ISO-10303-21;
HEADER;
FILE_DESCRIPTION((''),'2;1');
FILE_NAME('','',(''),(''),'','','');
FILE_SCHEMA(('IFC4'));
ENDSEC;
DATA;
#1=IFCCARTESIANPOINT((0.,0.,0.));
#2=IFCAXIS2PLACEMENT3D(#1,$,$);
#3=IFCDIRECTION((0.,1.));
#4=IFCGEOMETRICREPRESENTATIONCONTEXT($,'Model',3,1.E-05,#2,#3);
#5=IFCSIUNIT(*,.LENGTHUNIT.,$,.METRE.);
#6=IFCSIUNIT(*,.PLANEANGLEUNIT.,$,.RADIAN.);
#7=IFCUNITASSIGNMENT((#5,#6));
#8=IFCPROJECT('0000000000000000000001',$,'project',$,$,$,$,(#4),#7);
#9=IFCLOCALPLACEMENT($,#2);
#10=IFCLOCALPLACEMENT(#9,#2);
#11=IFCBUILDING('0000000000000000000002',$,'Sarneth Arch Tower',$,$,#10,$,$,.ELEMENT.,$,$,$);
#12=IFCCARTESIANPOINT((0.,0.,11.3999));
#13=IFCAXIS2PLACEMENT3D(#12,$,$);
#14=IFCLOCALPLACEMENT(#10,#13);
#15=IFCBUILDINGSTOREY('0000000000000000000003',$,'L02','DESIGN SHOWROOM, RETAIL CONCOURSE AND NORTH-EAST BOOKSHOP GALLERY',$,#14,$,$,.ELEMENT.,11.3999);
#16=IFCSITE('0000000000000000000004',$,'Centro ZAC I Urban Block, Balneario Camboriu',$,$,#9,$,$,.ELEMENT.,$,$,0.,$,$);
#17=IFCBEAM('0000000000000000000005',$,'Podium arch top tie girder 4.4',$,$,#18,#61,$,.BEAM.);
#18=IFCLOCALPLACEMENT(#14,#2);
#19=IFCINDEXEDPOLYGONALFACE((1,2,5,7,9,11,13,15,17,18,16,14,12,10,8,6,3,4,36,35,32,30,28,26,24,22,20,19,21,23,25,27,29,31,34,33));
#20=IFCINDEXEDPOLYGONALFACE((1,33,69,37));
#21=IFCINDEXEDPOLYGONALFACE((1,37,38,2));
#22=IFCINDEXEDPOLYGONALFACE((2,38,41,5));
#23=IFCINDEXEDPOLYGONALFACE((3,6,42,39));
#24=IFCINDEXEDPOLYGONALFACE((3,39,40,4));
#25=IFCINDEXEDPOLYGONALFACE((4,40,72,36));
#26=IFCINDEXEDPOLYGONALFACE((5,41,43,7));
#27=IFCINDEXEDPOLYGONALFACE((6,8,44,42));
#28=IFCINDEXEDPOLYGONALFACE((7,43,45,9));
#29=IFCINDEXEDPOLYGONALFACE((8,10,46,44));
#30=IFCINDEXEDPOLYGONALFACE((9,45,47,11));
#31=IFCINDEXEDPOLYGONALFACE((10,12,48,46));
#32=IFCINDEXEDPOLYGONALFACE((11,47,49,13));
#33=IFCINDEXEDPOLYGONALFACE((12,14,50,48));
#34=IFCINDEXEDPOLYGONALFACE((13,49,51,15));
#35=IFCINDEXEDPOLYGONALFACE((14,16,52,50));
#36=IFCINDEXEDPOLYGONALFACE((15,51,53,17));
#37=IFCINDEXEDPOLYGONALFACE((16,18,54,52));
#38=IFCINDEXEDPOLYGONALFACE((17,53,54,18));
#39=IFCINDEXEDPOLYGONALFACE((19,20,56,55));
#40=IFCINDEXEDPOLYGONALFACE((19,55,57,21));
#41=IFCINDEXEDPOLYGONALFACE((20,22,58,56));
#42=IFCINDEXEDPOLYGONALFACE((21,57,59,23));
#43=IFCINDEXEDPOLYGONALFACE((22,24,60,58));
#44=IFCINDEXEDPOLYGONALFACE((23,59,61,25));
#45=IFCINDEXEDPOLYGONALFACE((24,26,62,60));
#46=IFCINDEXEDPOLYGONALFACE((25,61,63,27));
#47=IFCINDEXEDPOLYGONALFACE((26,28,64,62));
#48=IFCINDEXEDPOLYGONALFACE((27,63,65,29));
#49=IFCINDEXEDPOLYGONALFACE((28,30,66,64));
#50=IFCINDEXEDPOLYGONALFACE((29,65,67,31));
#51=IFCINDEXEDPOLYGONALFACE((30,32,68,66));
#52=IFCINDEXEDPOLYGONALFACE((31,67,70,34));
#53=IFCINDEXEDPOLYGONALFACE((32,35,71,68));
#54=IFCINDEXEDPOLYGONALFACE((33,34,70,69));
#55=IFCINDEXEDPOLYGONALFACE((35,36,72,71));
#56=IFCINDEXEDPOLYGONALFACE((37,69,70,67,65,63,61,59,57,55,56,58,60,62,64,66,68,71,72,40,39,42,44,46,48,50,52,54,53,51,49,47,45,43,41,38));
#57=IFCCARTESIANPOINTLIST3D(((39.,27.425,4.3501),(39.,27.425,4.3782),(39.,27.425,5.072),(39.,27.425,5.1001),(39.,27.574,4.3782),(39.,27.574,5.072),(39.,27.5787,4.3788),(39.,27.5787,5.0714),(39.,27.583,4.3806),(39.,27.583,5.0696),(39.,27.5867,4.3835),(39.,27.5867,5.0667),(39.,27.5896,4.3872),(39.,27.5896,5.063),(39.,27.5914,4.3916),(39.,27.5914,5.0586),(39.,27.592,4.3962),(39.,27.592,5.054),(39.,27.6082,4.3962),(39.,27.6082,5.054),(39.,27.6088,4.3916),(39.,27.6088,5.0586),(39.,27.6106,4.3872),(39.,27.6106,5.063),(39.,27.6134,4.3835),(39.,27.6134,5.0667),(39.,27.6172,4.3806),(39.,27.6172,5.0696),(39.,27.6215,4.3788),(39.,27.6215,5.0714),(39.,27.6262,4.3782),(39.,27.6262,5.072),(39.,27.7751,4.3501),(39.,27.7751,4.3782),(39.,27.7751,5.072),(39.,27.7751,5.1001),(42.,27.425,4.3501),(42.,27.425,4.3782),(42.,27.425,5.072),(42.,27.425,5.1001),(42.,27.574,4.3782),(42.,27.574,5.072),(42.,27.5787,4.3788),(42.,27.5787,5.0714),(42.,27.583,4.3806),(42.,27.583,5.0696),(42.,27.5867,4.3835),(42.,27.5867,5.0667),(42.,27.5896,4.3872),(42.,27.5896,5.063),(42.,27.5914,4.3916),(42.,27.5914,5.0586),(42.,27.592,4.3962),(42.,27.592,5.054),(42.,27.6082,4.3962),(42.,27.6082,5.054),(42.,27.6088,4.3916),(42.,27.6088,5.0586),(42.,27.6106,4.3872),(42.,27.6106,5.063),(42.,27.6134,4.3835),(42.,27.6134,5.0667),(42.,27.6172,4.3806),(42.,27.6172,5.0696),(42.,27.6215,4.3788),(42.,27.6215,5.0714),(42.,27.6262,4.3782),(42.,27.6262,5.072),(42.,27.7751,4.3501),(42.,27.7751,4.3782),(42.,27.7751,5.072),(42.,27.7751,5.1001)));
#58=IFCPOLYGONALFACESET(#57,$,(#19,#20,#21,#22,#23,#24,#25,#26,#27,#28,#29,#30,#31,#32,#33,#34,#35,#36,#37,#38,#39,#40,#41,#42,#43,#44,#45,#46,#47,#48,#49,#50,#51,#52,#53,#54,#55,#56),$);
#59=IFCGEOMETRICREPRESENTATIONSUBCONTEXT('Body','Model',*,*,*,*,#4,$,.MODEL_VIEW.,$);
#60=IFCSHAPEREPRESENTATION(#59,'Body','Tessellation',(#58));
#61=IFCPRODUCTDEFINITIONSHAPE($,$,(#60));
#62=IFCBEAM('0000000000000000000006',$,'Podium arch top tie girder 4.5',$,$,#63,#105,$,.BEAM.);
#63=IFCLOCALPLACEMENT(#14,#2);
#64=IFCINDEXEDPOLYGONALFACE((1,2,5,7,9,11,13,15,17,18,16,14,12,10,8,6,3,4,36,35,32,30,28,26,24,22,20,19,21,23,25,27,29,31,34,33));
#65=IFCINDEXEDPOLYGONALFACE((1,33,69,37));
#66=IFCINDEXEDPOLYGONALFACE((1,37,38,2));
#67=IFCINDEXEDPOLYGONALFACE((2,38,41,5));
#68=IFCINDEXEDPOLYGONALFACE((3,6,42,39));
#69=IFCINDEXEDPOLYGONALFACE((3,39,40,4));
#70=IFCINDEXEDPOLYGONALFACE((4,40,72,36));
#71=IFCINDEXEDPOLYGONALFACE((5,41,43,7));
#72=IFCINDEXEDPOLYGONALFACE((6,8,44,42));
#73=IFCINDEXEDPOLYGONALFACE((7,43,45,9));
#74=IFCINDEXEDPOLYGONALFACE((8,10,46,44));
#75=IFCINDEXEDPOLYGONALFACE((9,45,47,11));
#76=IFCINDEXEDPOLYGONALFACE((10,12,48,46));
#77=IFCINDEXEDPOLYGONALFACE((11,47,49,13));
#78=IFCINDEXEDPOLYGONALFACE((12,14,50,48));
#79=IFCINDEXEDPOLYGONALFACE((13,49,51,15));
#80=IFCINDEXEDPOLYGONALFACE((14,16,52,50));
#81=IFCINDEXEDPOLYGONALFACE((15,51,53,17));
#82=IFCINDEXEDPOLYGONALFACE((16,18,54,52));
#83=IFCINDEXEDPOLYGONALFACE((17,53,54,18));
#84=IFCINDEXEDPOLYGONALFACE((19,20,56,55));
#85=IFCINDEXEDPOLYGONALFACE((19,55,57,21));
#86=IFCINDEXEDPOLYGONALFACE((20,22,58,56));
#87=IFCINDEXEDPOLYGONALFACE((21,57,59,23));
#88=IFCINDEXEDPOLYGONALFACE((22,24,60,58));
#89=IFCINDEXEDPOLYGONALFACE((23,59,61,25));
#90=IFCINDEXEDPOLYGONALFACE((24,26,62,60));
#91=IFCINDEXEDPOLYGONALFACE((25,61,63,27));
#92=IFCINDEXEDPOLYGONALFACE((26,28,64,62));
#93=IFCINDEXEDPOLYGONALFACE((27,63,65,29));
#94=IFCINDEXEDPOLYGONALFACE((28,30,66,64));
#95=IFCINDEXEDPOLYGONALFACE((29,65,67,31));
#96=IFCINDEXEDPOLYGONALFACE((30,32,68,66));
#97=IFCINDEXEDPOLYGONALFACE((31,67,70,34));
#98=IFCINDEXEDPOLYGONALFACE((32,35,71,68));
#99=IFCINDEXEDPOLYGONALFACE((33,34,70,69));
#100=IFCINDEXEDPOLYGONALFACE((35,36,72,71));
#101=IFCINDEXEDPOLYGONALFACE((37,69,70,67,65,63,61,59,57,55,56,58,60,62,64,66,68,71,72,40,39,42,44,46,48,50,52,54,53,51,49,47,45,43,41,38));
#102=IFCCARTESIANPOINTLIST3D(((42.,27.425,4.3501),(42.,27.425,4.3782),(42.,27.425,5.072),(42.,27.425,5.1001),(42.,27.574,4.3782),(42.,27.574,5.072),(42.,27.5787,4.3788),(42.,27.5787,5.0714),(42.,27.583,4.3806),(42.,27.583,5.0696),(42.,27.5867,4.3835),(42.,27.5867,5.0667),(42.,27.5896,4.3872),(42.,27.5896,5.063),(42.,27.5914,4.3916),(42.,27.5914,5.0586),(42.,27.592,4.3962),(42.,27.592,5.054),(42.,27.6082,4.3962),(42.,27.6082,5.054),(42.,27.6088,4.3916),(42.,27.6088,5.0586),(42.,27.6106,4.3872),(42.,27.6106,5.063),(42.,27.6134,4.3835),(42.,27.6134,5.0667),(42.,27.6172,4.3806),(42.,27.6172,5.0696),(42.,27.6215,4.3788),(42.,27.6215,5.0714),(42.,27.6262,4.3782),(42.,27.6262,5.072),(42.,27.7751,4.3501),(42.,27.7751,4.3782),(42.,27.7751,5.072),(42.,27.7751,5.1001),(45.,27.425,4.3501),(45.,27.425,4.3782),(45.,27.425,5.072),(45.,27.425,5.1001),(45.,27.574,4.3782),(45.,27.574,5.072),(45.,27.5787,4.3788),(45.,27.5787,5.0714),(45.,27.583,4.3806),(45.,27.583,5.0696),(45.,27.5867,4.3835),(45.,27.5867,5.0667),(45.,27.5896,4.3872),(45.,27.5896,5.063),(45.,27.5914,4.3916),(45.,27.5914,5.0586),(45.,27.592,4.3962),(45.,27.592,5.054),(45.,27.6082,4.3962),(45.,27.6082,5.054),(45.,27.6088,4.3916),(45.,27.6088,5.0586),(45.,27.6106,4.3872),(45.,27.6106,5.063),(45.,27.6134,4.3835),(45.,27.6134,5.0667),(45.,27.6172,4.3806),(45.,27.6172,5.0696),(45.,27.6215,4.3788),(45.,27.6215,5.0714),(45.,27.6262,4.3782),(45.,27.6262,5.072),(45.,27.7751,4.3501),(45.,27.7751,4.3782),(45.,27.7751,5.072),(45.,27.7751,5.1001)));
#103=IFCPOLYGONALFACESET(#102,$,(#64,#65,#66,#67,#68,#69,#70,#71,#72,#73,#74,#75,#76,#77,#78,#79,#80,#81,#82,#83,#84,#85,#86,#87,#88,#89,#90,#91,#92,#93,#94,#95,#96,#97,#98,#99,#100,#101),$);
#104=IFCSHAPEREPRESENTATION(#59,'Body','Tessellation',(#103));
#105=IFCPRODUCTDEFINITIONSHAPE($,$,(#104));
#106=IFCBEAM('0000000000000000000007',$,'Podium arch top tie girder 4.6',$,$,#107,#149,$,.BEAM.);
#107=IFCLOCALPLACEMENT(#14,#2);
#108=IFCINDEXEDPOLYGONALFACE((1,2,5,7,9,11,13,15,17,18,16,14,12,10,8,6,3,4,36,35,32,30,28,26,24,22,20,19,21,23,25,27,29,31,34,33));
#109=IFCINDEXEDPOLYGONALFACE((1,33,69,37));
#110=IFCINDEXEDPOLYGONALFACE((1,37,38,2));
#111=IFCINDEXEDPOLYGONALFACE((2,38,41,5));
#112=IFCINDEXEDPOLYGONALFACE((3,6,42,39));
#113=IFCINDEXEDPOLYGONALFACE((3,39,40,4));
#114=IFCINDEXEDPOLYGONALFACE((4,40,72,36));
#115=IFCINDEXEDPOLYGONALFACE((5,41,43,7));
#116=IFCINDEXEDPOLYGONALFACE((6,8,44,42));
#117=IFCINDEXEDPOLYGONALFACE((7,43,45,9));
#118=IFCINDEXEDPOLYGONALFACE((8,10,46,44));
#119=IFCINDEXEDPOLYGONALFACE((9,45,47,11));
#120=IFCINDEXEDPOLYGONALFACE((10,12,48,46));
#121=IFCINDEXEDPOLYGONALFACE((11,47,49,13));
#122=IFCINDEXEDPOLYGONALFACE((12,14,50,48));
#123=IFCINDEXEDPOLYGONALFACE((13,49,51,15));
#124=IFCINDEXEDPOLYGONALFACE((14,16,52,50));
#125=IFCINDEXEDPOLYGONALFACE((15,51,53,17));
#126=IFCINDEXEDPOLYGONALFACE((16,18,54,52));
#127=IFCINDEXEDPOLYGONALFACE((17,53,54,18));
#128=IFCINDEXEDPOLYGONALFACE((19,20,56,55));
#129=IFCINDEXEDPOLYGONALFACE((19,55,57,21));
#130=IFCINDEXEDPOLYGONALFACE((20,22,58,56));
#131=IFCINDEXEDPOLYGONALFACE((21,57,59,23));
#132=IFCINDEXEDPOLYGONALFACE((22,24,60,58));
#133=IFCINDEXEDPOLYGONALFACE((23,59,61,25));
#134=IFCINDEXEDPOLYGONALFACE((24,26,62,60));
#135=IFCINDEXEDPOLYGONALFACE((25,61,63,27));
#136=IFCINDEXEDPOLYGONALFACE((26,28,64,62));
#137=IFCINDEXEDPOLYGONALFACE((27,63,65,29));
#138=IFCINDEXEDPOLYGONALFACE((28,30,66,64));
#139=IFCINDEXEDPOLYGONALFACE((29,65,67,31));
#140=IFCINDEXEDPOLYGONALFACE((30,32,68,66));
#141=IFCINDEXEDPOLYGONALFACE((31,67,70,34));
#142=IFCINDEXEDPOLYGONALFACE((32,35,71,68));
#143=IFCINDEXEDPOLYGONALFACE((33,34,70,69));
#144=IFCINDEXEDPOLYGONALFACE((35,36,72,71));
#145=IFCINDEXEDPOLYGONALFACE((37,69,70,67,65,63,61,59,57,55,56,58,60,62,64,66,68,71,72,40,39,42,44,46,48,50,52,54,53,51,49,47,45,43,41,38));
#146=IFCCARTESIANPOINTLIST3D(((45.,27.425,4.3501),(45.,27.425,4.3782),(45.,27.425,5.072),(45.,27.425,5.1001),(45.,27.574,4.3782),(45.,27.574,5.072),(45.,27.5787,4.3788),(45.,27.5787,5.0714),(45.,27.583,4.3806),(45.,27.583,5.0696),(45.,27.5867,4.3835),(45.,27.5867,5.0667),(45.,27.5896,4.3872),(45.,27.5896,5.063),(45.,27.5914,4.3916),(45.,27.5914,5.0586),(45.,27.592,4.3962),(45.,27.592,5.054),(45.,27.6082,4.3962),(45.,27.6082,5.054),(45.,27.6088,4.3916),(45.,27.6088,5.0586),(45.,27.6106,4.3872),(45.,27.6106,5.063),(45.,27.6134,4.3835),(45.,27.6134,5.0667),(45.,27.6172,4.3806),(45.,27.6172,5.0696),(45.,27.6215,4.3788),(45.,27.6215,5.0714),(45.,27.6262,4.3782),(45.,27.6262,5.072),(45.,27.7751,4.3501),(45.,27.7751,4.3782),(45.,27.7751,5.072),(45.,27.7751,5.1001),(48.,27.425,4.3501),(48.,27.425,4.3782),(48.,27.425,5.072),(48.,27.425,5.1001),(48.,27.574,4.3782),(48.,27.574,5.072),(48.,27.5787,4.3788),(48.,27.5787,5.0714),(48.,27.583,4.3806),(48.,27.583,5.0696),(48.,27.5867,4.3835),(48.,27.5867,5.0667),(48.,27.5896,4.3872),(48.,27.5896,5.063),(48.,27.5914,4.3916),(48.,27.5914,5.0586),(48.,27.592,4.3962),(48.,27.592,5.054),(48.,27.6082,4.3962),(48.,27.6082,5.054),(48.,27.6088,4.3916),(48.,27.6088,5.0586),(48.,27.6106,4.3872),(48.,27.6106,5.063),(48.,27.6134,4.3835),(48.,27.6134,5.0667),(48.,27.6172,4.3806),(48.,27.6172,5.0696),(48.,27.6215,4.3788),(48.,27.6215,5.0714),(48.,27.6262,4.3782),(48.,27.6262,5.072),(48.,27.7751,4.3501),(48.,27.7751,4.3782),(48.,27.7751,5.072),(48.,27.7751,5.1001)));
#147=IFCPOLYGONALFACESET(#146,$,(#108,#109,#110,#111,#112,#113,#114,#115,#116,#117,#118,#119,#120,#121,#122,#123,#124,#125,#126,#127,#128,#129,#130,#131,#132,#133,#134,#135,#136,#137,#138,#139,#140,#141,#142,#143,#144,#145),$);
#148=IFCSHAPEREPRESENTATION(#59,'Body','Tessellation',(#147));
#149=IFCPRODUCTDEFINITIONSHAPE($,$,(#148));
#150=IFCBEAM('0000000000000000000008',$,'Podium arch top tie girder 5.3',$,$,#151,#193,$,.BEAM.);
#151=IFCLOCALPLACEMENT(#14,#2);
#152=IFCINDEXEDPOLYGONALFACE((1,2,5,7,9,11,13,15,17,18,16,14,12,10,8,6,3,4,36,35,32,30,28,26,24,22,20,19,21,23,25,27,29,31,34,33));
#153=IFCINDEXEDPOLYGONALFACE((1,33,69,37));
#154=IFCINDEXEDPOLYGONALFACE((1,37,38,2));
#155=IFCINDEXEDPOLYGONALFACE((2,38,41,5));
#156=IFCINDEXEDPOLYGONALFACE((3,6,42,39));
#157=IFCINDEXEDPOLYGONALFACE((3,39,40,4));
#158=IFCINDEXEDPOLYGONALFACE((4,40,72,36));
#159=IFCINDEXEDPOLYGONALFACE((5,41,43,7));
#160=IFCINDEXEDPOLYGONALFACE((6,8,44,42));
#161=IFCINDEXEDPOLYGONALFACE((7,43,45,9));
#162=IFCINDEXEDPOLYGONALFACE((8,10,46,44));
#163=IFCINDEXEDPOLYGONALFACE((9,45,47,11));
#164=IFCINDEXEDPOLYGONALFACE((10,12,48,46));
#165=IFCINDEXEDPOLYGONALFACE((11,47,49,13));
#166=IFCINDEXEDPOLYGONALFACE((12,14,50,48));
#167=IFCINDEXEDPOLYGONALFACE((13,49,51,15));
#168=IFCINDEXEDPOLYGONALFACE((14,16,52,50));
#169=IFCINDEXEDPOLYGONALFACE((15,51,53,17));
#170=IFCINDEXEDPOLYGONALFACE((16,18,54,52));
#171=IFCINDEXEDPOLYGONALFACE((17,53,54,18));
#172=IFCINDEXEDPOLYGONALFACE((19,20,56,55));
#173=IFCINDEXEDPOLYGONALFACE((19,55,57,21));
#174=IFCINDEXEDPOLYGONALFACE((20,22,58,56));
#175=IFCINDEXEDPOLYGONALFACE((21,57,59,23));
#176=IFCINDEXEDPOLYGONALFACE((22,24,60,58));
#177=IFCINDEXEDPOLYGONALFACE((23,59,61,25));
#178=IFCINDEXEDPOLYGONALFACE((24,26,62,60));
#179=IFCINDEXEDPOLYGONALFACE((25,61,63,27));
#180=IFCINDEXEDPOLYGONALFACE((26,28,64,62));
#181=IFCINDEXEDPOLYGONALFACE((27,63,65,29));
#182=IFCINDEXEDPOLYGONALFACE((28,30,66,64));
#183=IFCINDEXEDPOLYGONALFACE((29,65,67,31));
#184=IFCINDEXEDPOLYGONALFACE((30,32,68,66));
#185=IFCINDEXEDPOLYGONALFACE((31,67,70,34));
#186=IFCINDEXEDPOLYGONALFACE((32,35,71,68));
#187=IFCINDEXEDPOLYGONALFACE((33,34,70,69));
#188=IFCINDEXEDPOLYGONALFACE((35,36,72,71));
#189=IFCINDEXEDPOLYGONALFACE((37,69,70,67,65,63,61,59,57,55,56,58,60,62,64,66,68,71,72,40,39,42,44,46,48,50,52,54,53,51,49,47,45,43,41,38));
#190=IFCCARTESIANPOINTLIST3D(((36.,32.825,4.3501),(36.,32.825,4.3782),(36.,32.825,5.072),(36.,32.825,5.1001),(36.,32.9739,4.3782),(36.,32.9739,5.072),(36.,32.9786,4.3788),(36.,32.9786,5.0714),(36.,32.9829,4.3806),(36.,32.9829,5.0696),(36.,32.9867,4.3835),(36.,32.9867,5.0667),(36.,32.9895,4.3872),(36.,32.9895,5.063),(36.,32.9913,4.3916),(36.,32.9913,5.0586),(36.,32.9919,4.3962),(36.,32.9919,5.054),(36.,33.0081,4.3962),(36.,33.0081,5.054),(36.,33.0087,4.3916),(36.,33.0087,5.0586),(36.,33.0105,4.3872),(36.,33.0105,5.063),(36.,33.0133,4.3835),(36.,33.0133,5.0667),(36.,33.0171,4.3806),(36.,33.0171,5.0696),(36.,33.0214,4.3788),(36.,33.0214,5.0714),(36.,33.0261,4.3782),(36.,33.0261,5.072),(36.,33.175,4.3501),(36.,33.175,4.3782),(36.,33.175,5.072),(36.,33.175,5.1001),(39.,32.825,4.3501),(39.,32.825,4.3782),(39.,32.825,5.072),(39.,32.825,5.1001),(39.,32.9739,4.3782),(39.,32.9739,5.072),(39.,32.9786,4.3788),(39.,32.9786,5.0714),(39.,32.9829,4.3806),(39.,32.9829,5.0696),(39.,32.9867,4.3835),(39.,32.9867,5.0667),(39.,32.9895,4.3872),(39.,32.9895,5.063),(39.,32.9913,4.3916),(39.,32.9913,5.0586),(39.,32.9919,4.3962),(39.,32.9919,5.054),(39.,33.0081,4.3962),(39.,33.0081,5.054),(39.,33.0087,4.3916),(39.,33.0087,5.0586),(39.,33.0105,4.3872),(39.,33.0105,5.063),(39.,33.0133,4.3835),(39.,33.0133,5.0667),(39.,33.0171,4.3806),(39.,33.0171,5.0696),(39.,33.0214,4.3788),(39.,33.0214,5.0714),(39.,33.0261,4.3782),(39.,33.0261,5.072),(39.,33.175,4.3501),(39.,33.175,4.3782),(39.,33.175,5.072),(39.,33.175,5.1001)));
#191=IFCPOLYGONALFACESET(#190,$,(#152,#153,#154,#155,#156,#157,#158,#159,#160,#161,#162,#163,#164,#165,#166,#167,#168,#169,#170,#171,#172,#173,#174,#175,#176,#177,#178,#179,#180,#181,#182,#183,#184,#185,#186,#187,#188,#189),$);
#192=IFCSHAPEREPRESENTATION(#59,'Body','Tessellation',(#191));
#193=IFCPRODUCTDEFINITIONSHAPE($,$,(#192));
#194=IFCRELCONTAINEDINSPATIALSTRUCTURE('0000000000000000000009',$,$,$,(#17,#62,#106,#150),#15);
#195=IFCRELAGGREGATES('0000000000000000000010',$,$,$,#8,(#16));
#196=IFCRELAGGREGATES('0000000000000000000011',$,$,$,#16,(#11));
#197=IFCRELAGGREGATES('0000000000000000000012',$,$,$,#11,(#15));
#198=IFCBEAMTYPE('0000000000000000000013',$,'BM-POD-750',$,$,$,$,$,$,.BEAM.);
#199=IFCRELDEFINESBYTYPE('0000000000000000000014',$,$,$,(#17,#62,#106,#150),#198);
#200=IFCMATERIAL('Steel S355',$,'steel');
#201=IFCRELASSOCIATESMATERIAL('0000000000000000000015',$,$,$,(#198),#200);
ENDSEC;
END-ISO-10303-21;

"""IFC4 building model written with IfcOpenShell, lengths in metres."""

from ifc_helpers import new_model, si_unit, direction, frame, origin, origin_2d, place, context, subcontext, project, spatial, i_section, extrude, material, material_profile, profile_set, type_object, element, save


model = new_model("IFC4")

# Units and contexts
model_context = context("Model", 3, precision=1e-05, world=origin(), true_north=direction((0.0, 1.0)))
body_context = subcontext(model_context, "Body", "Model", "MODEL_VIEW")
ifc_project = project(units=[si_unit("LENGTHUNIT", "METRE"), si_unit("PLANEANGLEUNIT", "RADIAN")], contexts=[model_context])

# Site, building, storey
site_placement = place(None, origin())
site = spatial("IfcSite", under=ifc_project, at=site_placement, Name="Centro ZAC I Urban Block, Balneario Camboriu", CompositionType="ELEMENT", RefElevation=0.0)
building_placement = place(site_placement, origin())
building = spatial("IfcBuilding", under=site, at=building_placement, Name="Sarneth Arch Tower", CompositionType="ELEMENT")
storey_placement = place(building_placement, frame((0.0, 0.0, 11.3999)))
storey = spatial("IfcBuildingStorey", under=building, at=storey_placement, Name="L02", Description="DESIGN SHOWROOM, RETAIL CONCOURSE AND NORTH-EAST BOOKSHOP GALLERY", CompositionType="ELEMENT", Elevation=11.3999)

# Beams
ifc_material_1 = material(Name="Steel S355", Category="steel")
ifc_material_profile_1 = material_profile(ifc_material_1, i_section(OverallWidth=0.3501, OverallDepth=0.75, WebThickness=0.0161, FlangeThickness=0.0281, FilletRadius=0.0181, at=origin_2d()), Name="CVS750x268")
ifc_profile_set_1 = profile_set([ifc_material_profile_1], Name="Steel S355")
beam_type = type_object("IfcBeamType", Name="BM-POD-750", PredefinedType="BEAM", material=ifc_profile_set_1)
for number, where, z_axis, x_axis, name in (
    (1, (39.0, 27.6001, 4.7251), (1.0, 0.0, 0.0), (0.0, 1.0, 0.0), "Podium arch top tie girder 4.4"),
    (2, (42.0, 27.6001, 4.7251), (1.0, 0.0, 0.0), (0.0, 1.0, 0.0), "Podium arch top tie girder 4.5"),
    (3, (45.0, 27.6001, 4.7251), (1.0, 0.0, 0.0), (0.0, 1.0, 0.0), "Podium arch top tie girder 4.6"),
    (4, (36.0, 33.0, 4.7251), (1.0, 0.0, 0.0), (0.0, 1.0, 0.0), "Podium arch top tie girder 5.3"),
):
    element("IfcBeam", number, at=place(storey_placement, frame(where, z_axis=z_axis, x_axis=x_axis)), inside=storey, type_object=beam_type, Name=name, PredefinedType="BEAM", context=body_context, shape_type="SweptSolid", body=[
        extrude(i_section(OverallWidth=0.3501, OverallDepth=0.75, WebThickness=0.0161, FlangeThickness=0.0281, FilletRadius=0.0181, at=origin_2d()), origin(), (0.0, 0.0, 1.0), 3.0),
    ])

save(model, "model.ifc")
